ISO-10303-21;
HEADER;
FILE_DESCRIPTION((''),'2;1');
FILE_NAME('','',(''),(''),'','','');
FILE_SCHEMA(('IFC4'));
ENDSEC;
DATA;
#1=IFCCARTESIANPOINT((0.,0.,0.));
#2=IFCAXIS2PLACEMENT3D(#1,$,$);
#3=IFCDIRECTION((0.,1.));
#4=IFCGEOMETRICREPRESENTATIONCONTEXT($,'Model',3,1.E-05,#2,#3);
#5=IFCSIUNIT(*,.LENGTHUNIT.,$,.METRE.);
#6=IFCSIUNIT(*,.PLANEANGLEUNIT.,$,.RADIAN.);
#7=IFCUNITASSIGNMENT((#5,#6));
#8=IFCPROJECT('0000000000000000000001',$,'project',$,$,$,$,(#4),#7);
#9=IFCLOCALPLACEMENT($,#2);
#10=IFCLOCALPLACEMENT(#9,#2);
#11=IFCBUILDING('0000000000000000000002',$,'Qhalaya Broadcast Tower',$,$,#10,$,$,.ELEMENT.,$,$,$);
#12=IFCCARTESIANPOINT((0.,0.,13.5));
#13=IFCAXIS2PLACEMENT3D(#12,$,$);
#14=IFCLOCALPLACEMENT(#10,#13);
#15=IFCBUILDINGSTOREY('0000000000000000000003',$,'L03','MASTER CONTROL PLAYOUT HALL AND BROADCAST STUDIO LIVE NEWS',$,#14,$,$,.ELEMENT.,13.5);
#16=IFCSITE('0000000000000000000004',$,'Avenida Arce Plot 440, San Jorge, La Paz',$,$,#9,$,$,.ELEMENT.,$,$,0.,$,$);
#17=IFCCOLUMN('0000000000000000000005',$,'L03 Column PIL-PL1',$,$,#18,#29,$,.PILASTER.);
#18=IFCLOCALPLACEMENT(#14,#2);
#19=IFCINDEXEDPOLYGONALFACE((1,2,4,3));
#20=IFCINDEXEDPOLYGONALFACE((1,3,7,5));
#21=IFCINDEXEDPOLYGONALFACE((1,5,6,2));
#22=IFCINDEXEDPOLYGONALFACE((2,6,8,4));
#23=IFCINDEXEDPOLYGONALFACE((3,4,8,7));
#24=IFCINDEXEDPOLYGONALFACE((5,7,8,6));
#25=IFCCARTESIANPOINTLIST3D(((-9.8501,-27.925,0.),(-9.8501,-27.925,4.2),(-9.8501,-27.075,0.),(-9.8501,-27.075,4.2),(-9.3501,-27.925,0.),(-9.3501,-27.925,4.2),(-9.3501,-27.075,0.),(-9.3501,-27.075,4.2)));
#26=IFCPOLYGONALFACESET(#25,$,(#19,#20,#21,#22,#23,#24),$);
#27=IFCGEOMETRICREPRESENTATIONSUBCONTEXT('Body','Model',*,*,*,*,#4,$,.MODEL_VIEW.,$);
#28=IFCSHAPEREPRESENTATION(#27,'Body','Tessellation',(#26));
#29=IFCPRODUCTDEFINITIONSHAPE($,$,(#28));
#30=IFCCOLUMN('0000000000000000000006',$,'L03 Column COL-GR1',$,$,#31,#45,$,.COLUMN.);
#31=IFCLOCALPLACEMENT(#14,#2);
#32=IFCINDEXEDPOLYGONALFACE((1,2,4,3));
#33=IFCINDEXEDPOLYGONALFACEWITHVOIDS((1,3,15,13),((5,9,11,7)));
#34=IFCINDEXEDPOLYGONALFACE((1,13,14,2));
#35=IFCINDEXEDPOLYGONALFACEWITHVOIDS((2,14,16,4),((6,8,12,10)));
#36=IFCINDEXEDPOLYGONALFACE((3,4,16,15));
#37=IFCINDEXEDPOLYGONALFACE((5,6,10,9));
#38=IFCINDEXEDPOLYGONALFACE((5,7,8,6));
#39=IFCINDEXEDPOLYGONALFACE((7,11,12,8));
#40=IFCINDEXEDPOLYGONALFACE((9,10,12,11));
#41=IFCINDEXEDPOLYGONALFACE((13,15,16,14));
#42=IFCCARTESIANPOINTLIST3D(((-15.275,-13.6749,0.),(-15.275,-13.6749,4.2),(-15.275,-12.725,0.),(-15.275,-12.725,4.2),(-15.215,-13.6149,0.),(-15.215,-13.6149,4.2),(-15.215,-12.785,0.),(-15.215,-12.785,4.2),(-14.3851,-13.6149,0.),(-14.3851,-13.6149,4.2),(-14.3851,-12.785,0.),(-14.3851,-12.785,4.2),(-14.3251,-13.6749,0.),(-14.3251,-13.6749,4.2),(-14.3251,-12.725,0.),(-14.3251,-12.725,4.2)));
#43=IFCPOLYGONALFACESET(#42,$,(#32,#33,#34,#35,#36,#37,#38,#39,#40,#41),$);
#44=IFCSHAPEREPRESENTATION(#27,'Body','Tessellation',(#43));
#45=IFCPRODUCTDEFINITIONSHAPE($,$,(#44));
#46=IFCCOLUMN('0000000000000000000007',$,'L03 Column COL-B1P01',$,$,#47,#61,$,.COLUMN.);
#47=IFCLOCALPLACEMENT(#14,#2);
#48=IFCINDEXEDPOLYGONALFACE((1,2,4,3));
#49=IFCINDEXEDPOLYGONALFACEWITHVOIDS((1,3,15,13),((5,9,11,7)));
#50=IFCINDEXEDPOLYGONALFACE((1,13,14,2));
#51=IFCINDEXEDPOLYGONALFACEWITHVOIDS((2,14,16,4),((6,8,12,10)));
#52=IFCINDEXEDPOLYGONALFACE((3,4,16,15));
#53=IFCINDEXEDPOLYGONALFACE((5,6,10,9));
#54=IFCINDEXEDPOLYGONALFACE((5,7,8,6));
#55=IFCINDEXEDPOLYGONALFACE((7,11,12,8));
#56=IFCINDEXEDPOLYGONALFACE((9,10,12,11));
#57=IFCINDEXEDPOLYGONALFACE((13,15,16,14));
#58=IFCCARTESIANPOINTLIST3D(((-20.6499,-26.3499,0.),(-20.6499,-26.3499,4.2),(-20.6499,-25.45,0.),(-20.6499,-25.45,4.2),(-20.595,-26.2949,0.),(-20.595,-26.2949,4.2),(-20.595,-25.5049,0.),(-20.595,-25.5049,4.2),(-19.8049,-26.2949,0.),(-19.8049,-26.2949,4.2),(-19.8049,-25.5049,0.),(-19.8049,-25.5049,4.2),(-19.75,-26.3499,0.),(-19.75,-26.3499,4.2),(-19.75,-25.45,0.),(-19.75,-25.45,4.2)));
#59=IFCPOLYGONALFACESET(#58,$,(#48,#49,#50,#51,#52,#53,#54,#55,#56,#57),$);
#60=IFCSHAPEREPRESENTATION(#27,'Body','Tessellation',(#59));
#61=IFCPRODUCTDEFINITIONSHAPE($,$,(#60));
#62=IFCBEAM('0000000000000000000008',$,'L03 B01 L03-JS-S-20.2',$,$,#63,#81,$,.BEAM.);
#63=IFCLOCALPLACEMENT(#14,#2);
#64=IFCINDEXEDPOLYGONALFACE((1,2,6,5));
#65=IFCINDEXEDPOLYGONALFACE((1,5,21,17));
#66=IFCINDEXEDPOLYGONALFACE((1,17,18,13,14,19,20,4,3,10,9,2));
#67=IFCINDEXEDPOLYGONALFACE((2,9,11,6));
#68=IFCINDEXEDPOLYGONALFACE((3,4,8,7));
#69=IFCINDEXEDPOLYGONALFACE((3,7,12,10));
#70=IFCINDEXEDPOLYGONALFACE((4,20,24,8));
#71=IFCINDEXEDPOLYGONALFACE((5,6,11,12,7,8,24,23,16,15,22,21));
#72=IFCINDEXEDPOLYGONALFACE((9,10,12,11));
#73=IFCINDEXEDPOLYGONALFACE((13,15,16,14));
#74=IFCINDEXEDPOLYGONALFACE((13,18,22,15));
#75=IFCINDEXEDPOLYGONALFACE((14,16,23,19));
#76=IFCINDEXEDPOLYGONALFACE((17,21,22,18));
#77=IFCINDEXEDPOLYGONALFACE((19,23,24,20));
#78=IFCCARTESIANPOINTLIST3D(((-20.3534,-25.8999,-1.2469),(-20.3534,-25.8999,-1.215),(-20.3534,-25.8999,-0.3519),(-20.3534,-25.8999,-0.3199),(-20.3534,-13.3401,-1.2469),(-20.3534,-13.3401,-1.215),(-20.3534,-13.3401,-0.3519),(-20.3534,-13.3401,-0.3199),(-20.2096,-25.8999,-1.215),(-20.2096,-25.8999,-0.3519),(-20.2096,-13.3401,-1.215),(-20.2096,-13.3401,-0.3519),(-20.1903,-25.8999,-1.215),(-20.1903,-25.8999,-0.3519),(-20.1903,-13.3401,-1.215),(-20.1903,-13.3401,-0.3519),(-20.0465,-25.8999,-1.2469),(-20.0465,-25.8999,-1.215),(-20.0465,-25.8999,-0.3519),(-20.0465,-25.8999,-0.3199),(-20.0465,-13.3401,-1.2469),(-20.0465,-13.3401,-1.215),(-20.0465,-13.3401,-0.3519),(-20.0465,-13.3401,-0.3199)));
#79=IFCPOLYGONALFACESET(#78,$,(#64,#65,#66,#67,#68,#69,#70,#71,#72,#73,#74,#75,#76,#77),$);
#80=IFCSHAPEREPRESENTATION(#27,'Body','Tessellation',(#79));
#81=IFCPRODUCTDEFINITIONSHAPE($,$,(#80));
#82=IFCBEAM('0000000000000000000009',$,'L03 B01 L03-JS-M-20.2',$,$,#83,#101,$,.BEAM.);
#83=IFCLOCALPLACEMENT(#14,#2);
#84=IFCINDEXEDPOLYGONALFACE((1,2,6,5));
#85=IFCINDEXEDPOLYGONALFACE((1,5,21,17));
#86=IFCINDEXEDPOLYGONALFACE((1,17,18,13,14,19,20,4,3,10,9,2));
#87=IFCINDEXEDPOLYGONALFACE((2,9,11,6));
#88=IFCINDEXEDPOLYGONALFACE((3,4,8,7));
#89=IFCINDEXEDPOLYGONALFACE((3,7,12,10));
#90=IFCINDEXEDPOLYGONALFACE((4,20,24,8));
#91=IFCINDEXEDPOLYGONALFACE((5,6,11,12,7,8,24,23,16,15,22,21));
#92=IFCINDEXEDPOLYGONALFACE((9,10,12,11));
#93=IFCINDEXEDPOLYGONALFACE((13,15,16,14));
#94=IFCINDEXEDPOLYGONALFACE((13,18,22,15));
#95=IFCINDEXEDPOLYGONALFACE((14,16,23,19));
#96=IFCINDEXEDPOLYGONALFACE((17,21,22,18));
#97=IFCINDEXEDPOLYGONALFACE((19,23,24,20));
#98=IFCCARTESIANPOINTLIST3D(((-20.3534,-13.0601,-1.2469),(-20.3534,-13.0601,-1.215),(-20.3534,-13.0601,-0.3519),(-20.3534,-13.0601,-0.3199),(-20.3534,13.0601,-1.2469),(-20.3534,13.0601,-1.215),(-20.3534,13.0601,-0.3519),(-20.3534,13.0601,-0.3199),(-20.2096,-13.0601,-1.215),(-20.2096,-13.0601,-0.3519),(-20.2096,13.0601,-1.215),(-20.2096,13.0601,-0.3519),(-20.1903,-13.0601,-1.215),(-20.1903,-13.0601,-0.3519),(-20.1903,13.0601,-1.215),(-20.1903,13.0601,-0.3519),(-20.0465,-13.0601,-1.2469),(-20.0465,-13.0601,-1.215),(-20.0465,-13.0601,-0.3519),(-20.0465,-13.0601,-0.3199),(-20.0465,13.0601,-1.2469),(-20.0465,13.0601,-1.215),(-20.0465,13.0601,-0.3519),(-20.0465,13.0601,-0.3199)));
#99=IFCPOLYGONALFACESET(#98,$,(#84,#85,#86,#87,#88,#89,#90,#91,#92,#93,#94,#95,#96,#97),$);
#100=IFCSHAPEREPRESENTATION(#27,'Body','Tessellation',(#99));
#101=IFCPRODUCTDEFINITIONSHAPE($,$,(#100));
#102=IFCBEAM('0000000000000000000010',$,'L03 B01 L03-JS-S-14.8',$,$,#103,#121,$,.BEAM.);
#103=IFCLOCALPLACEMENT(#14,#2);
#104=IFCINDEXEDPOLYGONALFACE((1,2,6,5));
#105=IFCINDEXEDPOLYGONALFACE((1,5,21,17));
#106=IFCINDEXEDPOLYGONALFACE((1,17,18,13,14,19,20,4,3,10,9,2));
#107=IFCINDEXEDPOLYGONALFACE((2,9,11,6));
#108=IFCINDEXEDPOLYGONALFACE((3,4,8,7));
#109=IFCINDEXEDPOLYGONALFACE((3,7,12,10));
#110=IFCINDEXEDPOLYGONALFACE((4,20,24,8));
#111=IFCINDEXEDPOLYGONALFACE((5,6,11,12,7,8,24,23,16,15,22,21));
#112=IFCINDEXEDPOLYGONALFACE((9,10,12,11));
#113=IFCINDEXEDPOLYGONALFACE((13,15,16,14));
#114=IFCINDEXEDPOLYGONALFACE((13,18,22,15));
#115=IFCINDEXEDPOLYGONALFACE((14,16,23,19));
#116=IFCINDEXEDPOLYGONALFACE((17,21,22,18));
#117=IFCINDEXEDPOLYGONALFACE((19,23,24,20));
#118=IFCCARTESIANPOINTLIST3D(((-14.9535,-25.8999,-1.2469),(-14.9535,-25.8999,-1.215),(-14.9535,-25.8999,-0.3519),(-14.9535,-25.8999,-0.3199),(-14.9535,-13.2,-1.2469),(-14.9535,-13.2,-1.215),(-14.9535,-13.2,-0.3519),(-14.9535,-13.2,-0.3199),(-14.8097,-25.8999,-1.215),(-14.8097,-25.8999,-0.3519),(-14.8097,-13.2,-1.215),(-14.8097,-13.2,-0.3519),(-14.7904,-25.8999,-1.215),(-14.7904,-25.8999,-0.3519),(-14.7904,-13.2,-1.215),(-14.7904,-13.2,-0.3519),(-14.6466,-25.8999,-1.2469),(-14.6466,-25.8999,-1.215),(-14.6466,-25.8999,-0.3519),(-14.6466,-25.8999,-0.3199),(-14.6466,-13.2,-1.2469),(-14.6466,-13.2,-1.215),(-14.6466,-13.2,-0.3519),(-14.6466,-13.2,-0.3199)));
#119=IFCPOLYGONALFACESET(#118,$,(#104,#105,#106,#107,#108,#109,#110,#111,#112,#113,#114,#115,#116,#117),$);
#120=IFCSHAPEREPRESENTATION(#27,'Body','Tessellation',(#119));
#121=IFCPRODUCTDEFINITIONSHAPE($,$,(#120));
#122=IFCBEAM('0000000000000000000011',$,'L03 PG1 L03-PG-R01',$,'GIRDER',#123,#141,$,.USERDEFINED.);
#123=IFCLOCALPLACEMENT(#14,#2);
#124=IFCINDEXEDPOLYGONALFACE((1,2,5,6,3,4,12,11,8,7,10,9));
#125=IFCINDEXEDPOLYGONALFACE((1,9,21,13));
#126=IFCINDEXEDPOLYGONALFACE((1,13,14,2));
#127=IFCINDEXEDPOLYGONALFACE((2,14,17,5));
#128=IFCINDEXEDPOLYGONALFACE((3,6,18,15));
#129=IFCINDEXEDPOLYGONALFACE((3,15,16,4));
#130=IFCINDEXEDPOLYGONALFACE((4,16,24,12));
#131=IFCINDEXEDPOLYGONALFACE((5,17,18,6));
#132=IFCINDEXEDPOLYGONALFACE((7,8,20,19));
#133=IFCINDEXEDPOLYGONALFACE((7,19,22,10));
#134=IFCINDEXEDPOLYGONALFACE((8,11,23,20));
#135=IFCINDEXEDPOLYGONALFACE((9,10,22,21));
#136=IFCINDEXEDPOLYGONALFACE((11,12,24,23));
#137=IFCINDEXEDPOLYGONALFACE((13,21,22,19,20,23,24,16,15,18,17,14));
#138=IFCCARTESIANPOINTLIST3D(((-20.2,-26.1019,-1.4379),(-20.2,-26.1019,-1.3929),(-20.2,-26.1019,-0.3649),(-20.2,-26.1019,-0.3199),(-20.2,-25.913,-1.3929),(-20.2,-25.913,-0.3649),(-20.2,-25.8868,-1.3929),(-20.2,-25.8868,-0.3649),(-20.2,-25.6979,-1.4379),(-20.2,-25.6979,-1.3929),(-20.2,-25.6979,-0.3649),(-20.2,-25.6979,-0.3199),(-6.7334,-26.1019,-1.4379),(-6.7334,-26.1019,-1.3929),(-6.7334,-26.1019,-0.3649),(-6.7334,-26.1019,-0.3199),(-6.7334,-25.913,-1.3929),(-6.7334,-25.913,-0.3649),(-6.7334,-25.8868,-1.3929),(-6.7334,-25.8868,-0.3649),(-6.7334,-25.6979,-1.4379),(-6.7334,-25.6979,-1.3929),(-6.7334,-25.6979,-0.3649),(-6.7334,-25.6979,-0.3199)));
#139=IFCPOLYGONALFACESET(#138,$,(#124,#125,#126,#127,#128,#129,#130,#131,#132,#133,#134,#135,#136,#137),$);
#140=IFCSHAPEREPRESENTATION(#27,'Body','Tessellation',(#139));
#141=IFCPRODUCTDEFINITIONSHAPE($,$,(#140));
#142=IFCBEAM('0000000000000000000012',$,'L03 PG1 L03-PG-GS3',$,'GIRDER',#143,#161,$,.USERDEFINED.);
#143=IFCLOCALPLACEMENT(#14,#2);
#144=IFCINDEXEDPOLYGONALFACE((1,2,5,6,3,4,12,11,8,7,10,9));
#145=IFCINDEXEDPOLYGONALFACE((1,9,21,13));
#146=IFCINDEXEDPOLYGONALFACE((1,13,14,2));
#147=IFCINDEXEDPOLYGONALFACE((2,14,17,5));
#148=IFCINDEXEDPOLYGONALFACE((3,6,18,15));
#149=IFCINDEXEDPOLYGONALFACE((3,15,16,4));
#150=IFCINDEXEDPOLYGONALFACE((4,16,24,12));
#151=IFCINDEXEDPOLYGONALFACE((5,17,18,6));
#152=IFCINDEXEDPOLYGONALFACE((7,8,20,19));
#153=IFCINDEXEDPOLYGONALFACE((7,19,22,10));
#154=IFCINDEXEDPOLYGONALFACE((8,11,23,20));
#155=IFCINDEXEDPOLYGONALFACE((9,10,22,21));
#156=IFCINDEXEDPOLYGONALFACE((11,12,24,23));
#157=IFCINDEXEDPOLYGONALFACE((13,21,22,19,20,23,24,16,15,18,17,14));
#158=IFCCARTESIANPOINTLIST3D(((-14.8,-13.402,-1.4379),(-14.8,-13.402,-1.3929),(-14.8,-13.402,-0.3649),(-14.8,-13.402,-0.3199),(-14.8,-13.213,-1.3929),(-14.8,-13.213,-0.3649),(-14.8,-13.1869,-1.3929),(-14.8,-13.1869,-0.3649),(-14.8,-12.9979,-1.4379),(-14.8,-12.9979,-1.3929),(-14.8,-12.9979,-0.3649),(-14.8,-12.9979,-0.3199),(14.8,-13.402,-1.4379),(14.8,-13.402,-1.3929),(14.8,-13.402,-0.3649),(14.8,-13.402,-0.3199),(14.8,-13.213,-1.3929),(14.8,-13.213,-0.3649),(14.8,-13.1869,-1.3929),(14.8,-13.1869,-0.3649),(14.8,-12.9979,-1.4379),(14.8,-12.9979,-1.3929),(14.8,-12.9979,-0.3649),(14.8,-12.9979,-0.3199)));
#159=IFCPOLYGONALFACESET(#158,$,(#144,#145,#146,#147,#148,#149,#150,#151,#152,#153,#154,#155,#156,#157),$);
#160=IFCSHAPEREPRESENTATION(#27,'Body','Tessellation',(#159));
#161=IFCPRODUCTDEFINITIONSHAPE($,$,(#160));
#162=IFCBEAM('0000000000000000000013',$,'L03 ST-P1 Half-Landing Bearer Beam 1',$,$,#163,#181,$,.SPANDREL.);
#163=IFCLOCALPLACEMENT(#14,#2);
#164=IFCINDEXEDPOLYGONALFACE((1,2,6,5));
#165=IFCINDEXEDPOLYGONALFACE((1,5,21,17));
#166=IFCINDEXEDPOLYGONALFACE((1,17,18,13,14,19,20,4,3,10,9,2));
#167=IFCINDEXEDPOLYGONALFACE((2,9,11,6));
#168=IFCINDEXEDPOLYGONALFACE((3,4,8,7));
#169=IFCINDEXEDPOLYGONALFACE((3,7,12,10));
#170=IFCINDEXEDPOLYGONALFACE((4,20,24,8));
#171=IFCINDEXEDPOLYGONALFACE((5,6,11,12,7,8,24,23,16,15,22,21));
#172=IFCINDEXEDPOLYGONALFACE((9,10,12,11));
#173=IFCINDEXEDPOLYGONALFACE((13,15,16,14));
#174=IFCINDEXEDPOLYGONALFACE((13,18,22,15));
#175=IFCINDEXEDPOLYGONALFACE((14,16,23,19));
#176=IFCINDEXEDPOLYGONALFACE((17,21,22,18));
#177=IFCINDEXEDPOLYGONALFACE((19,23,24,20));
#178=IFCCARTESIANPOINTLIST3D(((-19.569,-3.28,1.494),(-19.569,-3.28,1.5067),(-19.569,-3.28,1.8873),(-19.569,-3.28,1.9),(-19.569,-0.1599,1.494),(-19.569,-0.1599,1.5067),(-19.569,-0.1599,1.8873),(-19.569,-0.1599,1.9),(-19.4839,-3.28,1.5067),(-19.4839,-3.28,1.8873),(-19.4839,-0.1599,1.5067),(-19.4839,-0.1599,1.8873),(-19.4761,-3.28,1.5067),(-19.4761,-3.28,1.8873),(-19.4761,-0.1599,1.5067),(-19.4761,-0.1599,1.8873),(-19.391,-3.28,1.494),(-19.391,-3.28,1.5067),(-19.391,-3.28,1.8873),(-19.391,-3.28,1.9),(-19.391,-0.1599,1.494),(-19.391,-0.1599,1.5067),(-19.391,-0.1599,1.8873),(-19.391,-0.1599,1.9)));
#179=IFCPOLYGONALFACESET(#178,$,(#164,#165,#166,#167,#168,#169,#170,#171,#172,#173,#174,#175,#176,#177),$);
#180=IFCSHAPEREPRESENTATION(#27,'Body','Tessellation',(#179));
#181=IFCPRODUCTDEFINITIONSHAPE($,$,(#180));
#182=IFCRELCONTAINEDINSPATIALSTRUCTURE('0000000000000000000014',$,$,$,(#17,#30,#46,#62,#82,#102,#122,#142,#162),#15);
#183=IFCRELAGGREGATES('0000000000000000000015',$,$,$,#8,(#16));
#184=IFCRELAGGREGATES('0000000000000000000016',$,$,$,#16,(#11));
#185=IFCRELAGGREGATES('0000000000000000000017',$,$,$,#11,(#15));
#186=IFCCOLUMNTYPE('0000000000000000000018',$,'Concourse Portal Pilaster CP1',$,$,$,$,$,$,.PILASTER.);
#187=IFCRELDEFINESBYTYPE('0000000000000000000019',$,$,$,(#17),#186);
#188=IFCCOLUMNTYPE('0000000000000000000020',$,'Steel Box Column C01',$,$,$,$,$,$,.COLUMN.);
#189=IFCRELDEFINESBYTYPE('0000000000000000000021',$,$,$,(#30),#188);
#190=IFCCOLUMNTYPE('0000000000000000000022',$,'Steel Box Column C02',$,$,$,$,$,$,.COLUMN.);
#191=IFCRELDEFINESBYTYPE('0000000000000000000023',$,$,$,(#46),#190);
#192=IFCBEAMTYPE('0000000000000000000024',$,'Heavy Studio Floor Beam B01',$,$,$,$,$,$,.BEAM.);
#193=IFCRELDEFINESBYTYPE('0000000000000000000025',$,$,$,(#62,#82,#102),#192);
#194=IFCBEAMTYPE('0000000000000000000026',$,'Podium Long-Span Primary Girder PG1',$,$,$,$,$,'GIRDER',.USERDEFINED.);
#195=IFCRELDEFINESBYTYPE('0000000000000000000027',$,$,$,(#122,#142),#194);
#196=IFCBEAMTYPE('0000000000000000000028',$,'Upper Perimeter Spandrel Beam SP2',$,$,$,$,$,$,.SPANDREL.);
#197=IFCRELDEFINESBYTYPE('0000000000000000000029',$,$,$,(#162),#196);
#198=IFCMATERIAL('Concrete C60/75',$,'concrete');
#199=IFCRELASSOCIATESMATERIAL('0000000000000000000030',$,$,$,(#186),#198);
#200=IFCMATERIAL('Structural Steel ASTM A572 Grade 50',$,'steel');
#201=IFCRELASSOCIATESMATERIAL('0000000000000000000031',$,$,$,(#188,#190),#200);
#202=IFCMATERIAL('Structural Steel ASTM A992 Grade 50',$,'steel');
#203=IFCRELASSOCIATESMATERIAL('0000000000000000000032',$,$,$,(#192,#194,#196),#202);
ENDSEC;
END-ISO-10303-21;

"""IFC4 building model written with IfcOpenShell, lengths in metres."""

from ifc_helpers import new_model, si_unit, direction, frame, origin, origin_2d, place, context, subcontext, project, spatial, rectangle, hollow_rectangle, i_section, extrude, material, material_profile, profile_set, type_object, element, save


model = new_model("IFC4")

# Units and contexts
model_context = context("Model", 3, precision=1e-05, world=origin(), true_north=direction((0.0, 1.0)))
body_context = subcontext(model_context, "Body", "Model", "MODEL_VIEW")
ifc_project = project(units=[si_unit("LENGTHUNIT", "METRE"), si_unit("PLANEANGLEUNIT", "RADIAN")], contexts=[model_context])

# Site, building, storey
site_placement = place(None, origin())
site = spatial("IfcSite", under=ifc_project, at=site_placement, Name="Avenida Arce Plot 440, San Jorge, La Paz", CompositionType="ELEMENT", RefElevation=0.0)
building_placement = place(site_placement, origin())
building = spatial("IfcBuilding", under=site, at=building_placement, Name="Qhalaya Broadcast Tower", CompositionType="ELEMENT")
storey_placement = place(building_placement, frame((0.0, 0.0, 13.5)))
storey = spatial("IfcBuildingStorey", under=building, at=storey_placement, Name="L03", Description="MASTER CONTROL PLAYOUT HALL AND BROADCAST STUDIO LIVE NEWS", CompositionType="ELEMENT", Elevation=13.5)

# Columns
ifc_material_1 = material(Name="Concrete C60/75", Category="concrete")
ifc_material_profile_1 = material_profile(ifc_material_1, rectangle(XDim=0.5, YDim=0.8501, at=origin_2d()), Name="RC-PIL 500x850")
ifc_profile_set_1 = profile_set([ifc_material_profile_1], Name="Concrete C60/75")
column_type_1 = type_object("IfcColumnType", Name="Concourse Portal Pilaster CP1", PredefinedType="PILASTER", material=ifc_profile_set_1)
column_1_placement = place(storey_placement, frame((-9.6001, -27.5, 0.0), z_axis=(0.0, 0.0, 1.0), x_axis=(1.0, 0.0, 0.0)))
element("IfcColumn", 1, at=column_1_placement, inside=storey, type_object=column_type_1, Name="L03 Column PIL-PL1", PredefinedType="PILASTER", context=body_context, shape_type="SweptSolid", body=[
    extrude(rectangle(XDim=0.5, YDim=0.8501, at=origin_2d()), origin(), (0.0, 0.0, 1.0), 4.2),
])
ifc_material_2 = material(Name="Structural Steel ASTM A572 Grade 50", Category="steel")
ifc_material_profile_2 = material_profile(ifc_material_2, hollow_rectangle(XDim=0.95, YDim=0.95, WallThickness=0.0601, at=origin_2d()), Name="BOX 950x950x60")
ifc_profile_set_2 = profile_set([ifc_material_profile_2], Name="Structural Steel ASTM A572 Grade 50")
column_type_2 = type_object("IfcColumnType", Name="Steel Box Column C01", PredefinedType="COLUMN", material=ifc_profile_set_2)
column_2_placement = place(storey_placement, frame((-14.8, -13.2, 0.0), z_axis=(0.0, 0.0, 1.0), x_axis=(1.0, 0.0, 0.0)))
element("IfcColumn", 2, at=column_2_placement, inside=storey, type_object=column_type_2, Name="L03 Column COL-GR1", PredefinedType="COLUMN", context=body_context, shape_type="SweptSolid", body=[
    extrude(hollow_rectangle(XDim=0.95, YDim=0.95, WallThickness=0.0601, at=origin_2d()), origin(), (0.0, 0.0, 1.0), 4.2),
])
ifc_material_profile_3 = material_profile(ifc_material_2, hollow_rectangle(XDim=0.8999, YDim=0.8999, WallThickness=0.0549, at=origin_2d()), Name="BOX 900x900x55")
ifc_profile_set_3 = profile_set([ifc_material_profile_3], Name="Structural Steel ASTM A572 Grade 50")
column_type_3 = type_object("IfcColumnType", Name="Steel Box Column C02", PredefinedType="COLUMN", material=ifc_profile_set_3)
column_3_placement = place(storey_placement, frame((-20.2, -25.8999, 0.0), z_axis=(0.0, 0.0, 1.0), x_axis=(1.0, 0.0, 0.0)))
element("IfcColumn", 3, at=column_3_placement, inside=storey, type_object=column_type_3, Name="L03 Column COL-B1P01", PredefinedType="COLUMN", context=body_context, shape_type="SweptSolid", body=[
    extrude(hollow_rectangle(XDim=0.8999, YDim=0.8999, WallThickness=0.0549, at=origin_2d()), origin(), (0.0, 0.0, 1.0), 4.2),
])

# Beams
ifc_material_3 = material(Name="Structural Steel ASTM A992 Grade 50", Category="steel")
ifc_material_profile_4 = material_profile(ifc_material_3, i_section(OverallWidth=0.3069, OverallDepth=0.927, WebThickness=0.0193, FlangeThickness=0.032, at=origin_2d()), Name="W36X194")
ifc_profile_set_4 = profile_set([ifc_material_profile_4], Name="Structural Steel ASTM A992 Grade 50")
beam_type_1 = type_object("IfcBeamType", Name="Heavy Studio Floor Beam B01", PredefinedType="BEAM", material=ifc_profile_set_4)
beam_1_placement = place(storey_placement, frame((-20.2, -25.8999, -0.7834), z_axis=(0.0, 1.0, 0.0), x_axis=(-1.0, 0.0, 0.0)))
element("IfcBeam", 4, at=beam_1_placement, inside=storey, type_object=beam_type_1, Name="L03 B01 L03-JS-S-20.2", PredefinedType="BEAM", context=body_context, shape_type="SweptSolid", body=[
    extrude(i_section(OverallWidth=0.3069, OverallDepth=0.927, WebThickness=0.0193, FlangeThickness=0.032, at=origin_2d()), origin(), (0.0, 0.0, 1.0), 12.5598),
])
beam_2_placement = place(storey_placement, frame((-20.2, -13.0601, -0.7834), z_axis=(0.0, 1.0, 0.0), x_axis=(-1.0, 0.0, 0.0)))
element("IfcBeam", 5, at=beam_2_placement, inside=storey, type_object=beam_type_1, Name="L03 B01 L03-JS-M-20.2", PredefinedType="BEAM", context=body_context, shape_type="SweptSolid", body=[
    extrude(i_section(OverallWidth=0.3069, OverallDepth=0.927, WebThickness=0.0193, FlangeThickness=0.032, at=origin_2d()), origin(), (0.0, 0.0, 1.0), 26.1201),
])
beam_3_placement = place(storey_placement, frame((-14.8, -25.8999, -0.7834), z_axis=(0.0, 1.0, 0.0), x_axis=(-1.0, 0.0, 0.0)))
element("IfcBeam", 6, at=beam_3_placement, inside=storey, type_object=beam_type_1, Name="L03 B01 L03-JS-S-14.8", PredefinedType="BEAM", context=body_context, shape_type="SweptSolid", body=[
    extrude(i_section(OverallWidth=0.3069, OverallDepth=0.927, WebThickness=0.0193, FlangeThickness=0.032, at=origin_2d()), origin(), (0.0, 0.0, 1.0), 12.7),
])
ifc_material_profile_5 = material_profile(ifc_material_3, i_section(OverallWidth=0.4041, OverallDepth=1.1179, WebThickness=0.0261, FlangeThickness=0.0449, at=origin_2d()), Name="W44X335")
ifc_profile_set_5 = profile_set([ifc_material_profile_5], Name="Structural Steel ASTM A992 Grade 50")
beam_type_2 = type_object("IfcBeamType", Name="Podium Long-Span Primary Girder PG1", ElementType="GIRDER", PredefinedType="USERDEFINED", material=ifc_profile_set_5)
beam_4_placement = place(storey_placement, frame((-20.2, -25.8999, -0.8789), z_axis=(1.0, 0.0, 0.0), x_axis=(0.0, 1.0, 0.0)))
element("IfcBeam", 7, at=beam_4_placement, inside=storey, type_object=beam_type_2, Name="L03 PG1 L03-PG-R01", ObjectType="GIRDER", PredefinedType="USERDEFINED", context=body_context, shape_type="SweptSolid", body=[
    extrude(i_section(OverallWidth=0.4041, OverallDepth=1.1179, WebThickness=0.0261, FlangeThickness=0.0449, at=origin_2d()), origin(), (0.0, 0.0, 1.0), 13.4666),
])
beam_5_placement = place(storey_placement, frame((-14.8, -13.2, -0.8789), z_axis=(1.0, 0.0, 0.0), x_axis=(0.0, 1.0, 0.0)))
element("IfcBeam", 8, at=beam_5_placement, inside=storey, type_object=beam_type_2, Name="L03 PG1 L03-PG-GS3", ObjectType="GIRDER", PredefinedType="USERDEFINED", context=body_context, shape_type="SweptSolid", body=[
    extrude(i_section(OverallWidth=0.4041, OverallDepth=1.1179, WebThickness=0.0261, FlangeThickness=0.0449, at=origin_2d()), origin(), (0.0, 0.0, 1.0), 29.6001),
])
ifc_material_profile_6 = material_profile(ifc_material_3, i_section(OverallWidth=0.178, OverallDepth=0.406, WebThickness=0.0078, FlangeThickness=0.0127, at=origin_2d()), Name="W16X40")
ifc_profile_set_6 = profile_set([ifc_material_profile_6], Name="Structural Steel ASTM A992 Grade 50")
beam_type_3 = type_object("IfcBeamType", Name="Upper Perimeter Spandrel Beam SP2", PredefinedType="SPANDREL", material=ifc_profile_set_6)
for number, where, z_axis, x_axis, name in (
    (9, (-19.48, -3.28, 1.697), (0.0, 1.0, 0.0), (-1.0, 0.0, 0.0), "L03 ST-P1 Half-Landing Bearer Beam 1"),
):
    element("IfcBeam", number, at=place(storey_placement, frame(where, z_axis=z_axis, x_axis=x_axis)), inside=storey, type_object=beam_type_3, Name=name, PredefinedType="SPANDREL", context=body_context, shape_type="SweptSolid", body=[
        extrude(i_section(OverallWidth=0.178, OverallDepth=0.406, WebThickness=0.0078, FlangeThickness=0.0127, at=origin_2d()), origin(), (0.0, 0.0, 1.0), 3.1201),
    ])

save(model, "model.ifc")
